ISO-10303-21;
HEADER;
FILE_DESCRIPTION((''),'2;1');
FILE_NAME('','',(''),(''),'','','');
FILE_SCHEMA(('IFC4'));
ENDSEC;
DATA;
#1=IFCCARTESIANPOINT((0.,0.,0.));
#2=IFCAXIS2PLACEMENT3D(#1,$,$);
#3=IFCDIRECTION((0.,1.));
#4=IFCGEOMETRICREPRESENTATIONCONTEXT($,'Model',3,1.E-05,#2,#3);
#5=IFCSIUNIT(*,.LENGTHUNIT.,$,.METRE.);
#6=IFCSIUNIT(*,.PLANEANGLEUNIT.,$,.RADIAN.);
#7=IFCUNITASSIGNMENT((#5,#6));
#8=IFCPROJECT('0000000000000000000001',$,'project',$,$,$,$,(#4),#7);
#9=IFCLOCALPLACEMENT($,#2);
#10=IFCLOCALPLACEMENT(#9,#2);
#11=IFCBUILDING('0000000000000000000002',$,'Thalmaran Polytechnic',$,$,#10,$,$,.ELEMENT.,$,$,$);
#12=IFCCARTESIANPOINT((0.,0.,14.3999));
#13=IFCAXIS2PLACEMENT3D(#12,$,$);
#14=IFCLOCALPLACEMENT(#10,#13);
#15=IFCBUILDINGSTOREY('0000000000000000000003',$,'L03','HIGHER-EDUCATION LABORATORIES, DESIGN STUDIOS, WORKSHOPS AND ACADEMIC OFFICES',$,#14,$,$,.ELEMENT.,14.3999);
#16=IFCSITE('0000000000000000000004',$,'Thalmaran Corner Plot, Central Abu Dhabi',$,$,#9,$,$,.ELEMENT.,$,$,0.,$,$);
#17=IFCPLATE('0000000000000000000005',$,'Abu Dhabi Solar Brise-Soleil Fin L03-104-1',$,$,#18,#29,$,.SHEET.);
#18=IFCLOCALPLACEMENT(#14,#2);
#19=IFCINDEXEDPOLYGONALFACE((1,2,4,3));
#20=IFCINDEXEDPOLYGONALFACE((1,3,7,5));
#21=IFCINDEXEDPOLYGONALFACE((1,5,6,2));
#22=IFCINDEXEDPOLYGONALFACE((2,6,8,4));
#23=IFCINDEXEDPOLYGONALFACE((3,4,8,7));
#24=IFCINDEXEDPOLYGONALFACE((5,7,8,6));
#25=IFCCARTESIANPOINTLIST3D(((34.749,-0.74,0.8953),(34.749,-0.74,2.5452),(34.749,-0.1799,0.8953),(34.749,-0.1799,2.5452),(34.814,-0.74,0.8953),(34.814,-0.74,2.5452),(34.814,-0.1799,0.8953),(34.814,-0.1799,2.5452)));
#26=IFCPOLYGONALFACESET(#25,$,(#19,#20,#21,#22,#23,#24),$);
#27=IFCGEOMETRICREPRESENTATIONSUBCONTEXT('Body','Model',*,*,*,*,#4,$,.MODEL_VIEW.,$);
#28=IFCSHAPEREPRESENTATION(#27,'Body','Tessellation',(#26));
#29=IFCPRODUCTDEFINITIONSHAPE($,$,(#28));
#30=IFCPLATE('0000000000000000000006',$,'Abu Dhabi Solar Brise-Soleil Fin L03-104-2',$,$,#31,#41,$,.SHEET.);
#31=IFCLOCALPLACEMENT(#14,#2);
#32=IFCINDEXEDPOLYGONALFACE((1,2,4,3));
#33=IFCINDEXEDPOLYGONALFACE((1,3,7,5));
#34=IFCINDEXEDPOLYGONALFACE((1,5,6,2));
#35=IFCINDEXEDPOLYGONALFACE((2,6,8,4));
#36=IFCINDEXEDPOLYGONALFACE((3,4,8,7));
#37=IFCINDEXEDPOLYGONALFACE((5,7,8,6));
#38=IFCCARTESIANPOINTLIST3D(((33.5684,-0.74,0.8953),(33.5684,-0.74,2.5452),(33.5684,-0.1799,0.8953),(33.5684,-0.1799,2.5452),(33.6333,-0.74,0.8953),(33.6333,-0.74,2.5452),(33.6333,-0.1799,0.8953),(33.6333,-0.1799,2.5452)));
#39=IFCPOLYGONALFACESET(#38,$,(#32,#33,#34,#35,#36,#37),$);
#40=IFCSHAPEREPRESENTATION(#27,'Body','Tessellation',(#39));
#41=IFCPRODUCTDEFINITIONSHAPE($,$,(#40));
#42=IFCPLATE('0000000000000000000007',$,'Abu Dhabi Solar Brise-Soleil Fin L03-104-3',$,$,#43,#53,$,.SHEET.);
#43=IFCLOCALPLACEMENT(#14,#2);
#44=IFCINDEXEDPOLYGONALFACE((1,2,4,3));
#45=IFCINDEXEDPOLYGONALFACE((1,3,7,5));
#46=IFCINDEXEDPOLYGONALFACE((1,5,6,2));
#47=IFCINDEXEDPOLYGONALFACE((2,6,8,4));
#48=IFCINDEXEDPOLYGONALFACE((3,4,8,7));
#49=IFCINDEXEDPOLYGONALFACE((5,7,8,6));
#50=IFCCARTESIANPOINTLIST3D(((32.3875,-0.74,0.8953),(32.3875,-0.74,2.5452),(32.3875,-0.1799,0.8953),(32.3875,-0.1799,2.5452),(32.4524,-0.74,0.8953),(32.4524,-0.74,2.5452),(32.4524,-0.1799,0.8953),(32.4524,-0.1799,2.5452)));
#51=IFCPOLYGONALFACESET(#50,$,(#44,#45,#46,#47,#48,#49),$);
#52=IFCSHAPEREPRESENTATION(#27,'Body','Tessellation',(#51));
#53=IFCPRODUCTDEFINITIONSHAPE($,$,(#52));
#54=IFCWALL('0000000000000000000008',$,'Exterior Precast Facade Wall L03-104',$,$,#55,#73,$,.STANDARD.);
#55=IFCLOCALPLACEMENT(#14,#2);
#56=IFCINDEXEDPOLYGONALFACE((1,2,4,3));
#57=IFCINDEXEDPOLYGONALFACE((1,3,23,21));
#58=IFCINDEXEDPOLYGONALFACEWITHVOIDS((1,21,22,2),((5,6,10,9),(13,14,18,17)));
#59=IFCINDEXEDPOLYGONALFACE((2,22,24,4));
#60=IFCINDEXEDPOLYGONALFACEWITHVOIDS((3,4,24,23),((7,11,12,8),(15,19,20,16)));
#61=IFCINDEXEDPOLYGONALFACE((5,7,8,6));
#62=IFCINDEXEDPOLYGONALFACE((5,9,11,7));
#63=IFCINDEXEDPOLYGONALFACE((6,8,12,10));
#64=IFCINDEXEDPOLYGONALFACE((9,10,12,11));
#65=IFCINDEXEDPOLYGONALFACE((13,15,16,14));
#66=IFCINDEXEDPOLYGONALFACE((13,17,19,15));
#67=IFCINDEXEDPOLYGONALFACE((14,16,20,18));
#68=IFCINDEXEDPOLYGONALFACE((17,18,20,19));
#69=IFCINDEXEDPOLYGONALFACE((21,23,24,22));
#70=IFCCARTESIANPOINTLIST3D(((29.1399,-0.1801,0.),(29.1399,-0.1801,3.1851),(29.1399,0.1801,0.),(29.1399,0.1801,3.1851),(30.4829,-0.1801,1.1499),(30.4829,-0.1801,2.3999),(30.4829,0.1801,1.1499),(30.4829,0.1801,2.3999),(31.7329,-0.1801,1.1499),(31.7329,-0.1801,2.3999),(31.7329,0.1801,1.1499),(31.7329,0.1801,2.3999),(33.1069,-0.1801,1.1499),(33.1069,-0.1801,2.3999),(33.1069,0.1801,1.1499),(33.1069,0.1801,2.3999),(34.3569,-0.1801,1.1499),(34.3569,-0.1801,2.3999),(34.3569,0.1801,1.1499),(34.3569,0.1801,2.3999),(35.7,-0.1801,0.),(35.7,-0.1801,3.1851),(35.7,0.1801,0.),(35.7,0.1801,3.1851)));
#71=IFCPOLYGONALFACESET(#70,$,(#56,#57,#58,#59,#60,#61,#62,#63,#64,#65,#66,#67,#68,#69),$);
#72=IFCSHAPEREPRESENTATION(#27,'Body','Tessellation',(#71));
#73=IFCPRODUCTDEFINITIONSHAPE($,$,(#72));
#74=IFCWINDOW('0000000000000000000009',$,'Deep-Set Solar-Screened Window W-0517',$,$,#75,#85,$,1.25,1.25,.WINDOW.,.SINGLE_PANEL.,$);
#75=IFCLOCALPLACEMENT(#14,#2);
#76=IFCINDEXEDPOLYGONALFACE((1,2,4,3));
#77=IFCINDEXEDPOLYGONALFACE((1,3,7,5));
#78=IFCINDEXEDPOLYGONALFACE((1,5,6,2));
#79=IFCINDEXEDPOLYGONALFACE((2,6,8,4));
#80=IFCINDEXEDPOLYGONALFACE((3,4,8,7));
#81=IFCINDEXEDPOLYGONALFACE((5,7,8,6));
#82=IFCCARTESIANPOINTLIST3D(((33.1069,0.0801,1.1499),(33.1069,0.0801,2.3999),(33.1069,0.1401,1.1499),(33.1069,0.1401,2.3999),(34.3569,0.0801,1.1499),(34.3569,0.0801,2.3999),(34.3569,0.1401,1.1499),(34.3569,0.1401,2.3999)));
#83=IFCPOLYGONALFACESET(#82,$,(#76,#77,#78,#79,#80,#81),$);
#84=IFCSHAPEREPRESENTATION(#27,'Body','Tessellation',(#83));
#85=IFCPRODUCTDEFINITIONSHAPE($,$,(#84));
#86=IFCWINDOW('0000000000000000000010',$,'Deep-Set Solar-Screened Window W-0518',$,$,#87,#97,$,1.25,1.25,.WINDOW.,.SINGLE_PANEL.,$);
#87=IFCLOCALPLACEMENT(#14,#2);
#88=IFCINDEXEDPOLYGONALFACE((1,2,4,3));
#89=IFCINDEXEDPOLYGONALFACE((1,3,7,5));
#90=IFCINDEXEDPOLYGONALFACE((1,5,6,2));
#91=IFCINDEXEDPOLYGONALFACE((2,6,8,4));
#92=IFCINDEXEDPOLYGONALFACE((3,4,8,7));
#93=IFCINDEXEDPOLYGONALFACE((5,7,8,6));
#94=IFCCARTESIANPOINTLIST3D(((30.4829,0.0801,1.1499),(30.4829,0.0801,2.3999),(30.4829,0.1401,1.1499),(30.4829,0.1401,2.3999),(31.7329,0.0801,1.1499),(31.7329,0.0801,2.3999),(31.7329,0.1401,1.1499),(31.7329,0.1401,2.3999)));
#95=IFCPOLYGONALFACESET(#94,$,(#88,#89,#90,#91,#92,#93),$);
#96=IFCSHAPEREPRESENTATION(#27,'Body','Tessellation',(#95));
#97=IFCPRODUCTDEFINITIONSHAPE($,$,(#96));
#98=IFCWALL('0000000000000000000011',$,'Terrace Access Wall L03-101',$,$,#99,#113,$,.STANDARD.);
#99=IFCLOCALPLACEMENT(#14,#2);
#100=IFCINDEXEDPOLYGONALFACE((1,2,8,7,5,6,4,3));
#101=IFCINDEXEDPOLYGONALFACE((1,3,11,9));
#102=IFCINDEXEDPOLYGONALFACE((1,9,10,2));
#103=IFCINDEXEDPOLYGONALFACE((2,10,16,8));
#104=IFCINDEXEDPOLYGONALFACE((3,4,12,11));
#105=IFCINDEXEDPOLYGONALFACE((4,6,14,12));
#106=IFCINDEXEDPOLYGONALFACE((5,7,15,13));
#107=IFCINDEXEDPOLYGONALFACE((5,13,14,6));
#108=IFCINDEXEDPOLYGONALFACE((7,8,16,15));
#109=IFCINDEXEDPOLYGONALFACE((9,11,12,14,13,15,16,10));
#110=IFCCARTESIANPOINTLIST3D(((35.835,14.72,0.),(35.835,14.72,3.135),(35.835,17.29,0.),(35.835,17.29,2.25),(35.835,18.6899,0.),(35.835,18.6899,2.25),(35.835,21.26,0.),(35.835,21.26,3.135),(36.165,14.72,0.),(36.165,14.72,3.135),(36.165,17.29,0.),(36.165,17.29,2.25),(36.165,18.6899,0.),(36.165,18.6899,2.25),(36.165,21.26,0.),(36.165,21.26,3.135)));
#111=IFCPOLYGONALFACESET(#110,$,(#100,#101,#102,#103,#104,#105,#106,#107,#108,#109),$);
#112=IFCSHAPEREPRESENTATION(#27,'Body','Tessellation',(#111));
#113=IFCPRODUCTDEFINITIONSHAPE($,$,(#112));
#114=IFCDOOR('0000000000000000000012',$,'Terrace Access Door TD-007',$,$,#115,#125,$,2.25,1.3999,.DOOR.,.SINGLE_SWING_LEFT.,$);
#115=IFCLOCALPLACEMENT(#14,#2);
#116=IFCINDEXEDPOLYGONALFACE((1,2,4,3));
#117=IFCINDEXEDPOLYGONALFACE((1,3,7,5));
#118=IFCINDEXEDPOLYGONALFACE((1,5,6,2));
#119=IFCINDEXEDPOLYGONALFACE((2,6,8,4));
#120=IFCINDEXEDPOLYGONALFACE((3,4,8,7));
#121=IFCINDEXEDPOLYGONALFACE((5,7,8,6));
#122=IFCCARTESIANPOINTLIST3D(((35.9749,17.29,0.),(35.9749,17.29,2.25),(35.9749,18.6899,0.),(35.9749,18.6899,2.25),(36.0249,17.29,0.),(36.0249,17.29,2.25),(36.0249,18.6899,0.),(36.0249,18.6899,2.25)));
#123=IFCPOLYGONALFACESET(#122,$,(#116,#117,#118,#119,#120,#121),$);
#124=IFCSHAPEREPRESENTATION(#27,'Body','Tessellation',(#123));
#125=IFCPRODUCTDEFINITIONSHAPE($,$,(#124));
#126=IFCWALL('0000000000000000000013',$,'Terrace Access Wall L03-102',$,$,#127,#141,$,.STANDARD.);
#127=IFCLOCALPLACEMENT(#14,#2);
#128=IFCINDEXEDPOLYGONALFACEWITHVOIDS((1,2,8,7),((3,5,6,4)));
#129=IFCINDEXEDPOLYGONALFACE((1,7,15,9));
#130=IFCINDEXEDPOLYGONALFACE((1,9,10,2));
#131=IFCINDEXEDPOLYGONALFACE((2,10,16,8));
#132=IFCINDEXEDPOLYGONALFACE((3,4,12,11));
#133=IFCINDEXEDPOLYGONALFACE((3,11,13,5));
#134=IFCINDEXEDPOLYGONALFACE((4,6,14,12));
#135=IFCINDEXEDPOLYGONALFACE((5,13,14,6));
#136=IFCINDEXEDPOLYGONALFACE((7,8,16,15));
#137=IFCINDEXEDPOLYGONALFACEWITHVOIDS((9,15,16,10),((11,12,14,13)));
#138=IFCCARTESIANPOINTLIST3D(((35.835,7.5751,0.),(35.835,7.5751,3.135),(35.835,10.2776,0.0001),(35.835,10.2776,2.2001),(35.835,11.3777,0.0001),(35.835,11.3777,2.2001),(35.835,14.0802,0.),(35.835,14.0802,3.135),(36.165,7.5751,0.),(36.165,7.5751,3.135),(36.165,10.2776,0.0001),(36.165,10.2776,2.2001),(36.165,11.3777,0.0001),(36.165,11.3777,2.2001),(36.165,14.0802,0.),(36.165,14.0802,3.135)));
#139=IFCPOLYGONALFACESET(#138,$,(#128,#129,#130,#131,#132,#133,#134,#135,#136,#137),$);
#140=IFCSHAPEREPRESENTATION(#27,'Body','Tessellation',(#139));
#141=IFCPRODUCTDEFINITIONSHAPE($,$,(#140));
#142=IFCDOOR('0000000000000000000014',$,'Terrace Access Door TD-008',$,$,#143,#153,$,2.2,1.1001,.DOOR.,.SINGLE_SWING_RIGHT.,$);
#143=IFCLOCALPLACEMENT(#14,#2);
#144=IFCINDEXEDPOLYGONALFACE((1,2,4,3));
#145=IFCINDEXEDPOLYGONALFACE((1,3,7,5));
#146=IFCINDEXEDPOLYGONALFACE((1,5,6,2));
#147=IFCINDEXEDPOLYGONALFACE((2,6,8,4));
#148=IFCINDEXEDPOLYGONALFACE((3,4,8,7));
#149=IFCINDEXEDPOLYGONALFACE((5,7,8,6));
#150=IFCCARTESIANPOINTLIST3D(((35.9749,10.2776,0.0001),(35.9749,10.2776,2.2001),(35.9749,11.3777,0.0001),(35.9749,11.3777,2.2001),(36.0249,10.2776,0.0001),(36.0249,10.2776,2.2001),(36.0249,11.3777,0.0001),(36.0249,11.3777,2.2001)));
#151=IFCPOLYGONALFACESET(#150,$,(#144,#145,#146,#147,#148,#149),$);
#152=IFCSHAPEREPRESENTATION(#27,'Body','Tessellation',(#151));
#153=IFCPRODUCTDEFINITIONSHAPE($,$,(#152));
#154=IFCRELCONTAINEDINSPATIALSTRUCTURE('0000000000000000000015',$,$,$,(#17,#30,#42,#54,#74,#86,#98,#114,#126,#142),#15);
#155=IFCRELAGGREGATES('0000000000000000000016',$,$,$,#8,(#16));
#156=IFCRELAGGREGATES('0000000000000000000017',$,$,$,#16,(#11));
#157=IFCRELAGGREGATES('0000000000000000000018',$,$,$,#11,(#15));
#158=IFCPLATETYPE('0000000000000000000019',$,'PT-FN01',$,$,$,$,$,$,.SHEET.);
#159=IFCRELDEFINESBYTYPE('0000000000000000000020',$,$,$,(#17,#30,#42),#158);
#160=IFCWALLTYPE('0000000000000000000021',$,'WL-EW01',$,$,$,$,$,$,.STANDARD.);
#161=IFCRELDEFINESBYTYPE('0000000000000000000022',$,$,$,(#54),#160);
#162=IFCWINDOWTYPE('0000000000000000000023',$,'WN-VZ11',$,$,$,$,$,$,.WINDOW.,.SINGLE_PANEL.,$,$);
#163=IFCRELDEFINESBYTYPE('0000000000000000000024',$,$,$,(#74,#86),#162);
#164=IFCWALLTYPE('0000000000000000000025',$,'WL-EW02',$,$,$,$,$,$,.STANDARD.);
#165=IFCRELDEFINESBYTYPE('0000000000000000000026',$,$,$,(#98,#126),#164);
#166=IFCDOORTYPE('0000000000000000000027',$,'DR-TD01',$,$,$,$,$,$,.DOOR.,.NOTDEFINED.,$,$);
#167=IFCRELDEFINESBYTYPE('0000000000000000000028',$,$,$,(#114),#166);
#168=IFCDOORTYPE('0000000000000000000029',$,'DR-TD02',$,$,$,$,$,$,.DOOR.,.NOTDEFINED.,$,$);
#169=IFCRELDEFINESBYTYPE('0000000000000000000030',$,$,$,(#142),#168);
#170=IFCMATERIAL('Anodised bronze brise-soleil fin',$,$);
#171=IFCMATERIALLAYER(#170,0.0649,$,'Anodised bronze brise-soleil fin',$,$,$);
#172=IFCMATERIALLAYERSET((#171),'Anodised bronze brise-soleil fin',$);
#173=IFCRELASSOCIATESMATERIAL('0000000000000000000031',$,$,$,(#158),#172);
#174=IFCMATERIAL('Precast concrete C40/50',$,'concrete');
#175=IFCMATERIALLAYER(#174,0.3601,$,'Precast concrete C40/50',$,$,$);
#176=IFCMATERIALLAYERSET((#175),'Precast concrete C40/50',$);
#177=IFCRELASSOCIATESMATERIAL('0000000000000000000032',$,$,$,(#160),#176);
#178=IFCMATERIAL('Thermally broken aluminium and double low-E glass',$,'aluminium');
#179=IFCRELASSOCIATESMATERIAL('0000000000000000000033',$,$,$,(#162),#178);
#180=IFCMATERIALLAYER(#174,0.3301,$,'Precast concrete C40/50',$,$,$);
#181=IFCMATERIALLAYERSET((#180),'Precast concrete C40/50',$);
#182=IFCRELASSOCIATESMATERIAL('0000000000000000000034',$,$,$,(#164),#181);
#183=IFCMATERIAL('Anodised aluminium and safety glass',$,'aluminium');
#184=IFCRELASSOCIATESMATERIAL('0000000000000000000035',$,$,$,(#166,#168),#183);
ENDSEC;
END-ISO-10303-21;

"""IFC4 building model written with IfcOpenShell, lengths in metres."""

from ifc_helpers import new_model, si_unit, direction, frame, frame_2d, origin, origin_2d, place, context, subcontext, project, spatial, rectangle, extrude, material, layer, layer_set, type_object, element, fill, save


model = new_model("IFC4")

# Units and contexts
model_context = context("Model", 3, precision=1e-05, world=origin(), true_north=direction((0.0, 1.0)))
body_context = subcontext(model_context, "Body", "Model", "MODEL_VIEW")
ifc_project = project(units=[si_unit("LENGTHUNIT", "METRE"), si_unit("PLANEANGLEUNIT", "RADIAN")], contexts=[model_context])

# Site, building, storey
site_placement = place(None, origin())
site = spatial("IfcSite", under=ifc_project, at=site_placement, Name="Thalmaran Corner Plot, Central Abu Dhabi", CompositionType="ELEMENT", RefElevation=0.0)
building_placement = place(site_placement, origin())
building = spatial("IfcBuilding", under=site, at=building_placement, Name="Thalmaran Polytechnic", CompositionType="ELEMENT")
storey_placement = place(building_placement, frame((0.0, 0.0, 14.3999)))
storey = spatial("IfcBuildingStorey", under=building, at=storey_placement, Name="L03", Description="HIGHER-EDUCATION LABORATORIES, DESIGN STUDIOS, WORKSHOPS AND ACADEMIC OFFICES", CompositionType="ELEMENT", Elevation=14.3999)

# Plates
ifc_material_1 = material(Name="Anodised bronze brise-soleil fin")
ifc_layer_1 = layer(ifc_material_1, 0.0649, Name="Anodised bronze brise-soleil fin")
ifc_layer_set_1 = layer_set([ifc_layer_1], Name="Anodised bronze brise-soleil fin")
plate_type_1 = type_object("IfcPlateType", Name="PT-FN01", PredefinedType="SHEET", material=ifc_layer_set_1)
for number, where, z_axis, x_axis, name in (
    (1, (34.7815, -0.46, 0.8953), (0.0, 0.0, 1.0), (-1.0, 0.0, 0.0), "Abu Dhabi Solar Brise-Soleil Fin L03-104-1"),
    (2, (33.6008, -0.46, 0.8953), (0.0, 0.0, 1.0), (-1.0, 0.0, 0.0), "Abu Dhabi Solar Brise-Soleil Fin L03-104-2"),
    (3, (32.4199, -0.46, 0.8953), (0.0, 0.0, 1.0), (-1.0, 0.0, 0.0), "Abu Dhabi Solar Brise-Soleil Fin L03-104-3"),
):
    element("IfcPlate", number, at=place(storey_placement, frame(where, z_axis=z_axis, x_axis=x_axis)), inside=storey, type_object=plate_type_1, Name=name, PredefinedType="SHEET", context=body_context, shape_type="SweptSolid", body=[
        extrude(rectangle(XDim=0.0649, YDim=0.5601, at=origin_2d()), origin(), (0.0, 0.0, 1.0), 1.6499),
    ])

# Wall, openings, windows
ifc_material_2 = material(Name="Precast concrete C40/50", Category="concrete")
ifc_layer_2 = layer(ifc_material_2, 0.3601, Name="Precast concrete C40/50")
ifc_layer_set_2 = layer_set([ifc_layer_2], Name="Precast concrete C40/50")
wall_type_1 = type_object("IfcWallType", Name="WL-EW01", PredefinedType="STANDARD", material=ifc_layer_set_2)
wall_1_placement = place(storey_placement, frame((35.7, 0.0, 0.0), z_axis=(0.0, 0.0, 1.0), x_axis=(-1.0, 0.0, 0.0)))
wall_1 = element("IfcWall", 4, at=wall_1_placement, inside=storey, type_object=wall_type_1, Name="Exterior Precast Facade Wall L03-104", PredefinedType="STANDARD", context=body_context, shape_type="SweptSolid", body=[
    extrude(rectangle(XDim=6.5601, YDim=0.3601, at=frame_2d((3.28, 0.0))), origin(), (0.0, 0.0, 1.0), 3.1851),
])
opening_1_placement = place(wall_1_placement, frame((1.343, 0.0, 1.1499)))
opening_1 = element("IfcOpeningElement", 5, at=opening_1_placement, cuts=wall_1, PredefinedType="OPENING", context=body_context, shape_type="SweptSolid", body=[
    extrude(rectangle(XDim=1.25, YDim=1.25, at=frame_2d((0.625, 0.625))), frame((0.0, 0.1899, 0.0), z_axis=(0.0, -1.0, 0.0), x_axis=(1.0, 0.0, 0.0)), (0.0, 0.0, 1.0), 0.3801),
])
opening_2_placement = place(wall_1_placement, frame((3.967, 0.0, 1.1499)))
opening_2 = element("IfcOpeningElement", 6, at=opening_2_placement, cuts=wall_1, PredefinedType="OPENING", context=body_context, shape_type="SweptSolid", body=[
    extrude(rectangle(XDim=1.25, YDim=1.25, at=frame_2d((0.625, 0.625))), frame((0.0, 0.1899, 0.0), z_axis=(0.0, -1.0, 0.0), x_axis=(1.0, 0.0, 0.0)), (0.0, 0.0, 1.0), 0.3801),
])
ifc_material_3 = material(Name="Thermally broken aluminium and double low-E glass", Category="aluminium")
window_type_1 = type_object("IfcWindowType", Name="WN-VZ11", PartitioningType="SINGLE_PANEL", PredefinedType="WINDOW", material=ifc_material_3)
window_1_placement = place(opening_1_placement, origin())
window_1 = element("IfcWindow", 7, at=window_1_placement, inside=storey, type_object=window_type_1, Name="Deep-Set Solar-Screened Window W-0517", OverallHeight=1.25, OverallWidth=1.25, PartitioningType="SINGLE_PANEL", PredefinedType="WINDOW", context=body_context, shape_type="SweptSolid", body=[
    extrude(rectangle(XDim=1.25, YDim=1.25, at=frame_2d((0.625, 0.625))), frame((0.0, -0.0801, 0.0), z_axis=(0.0, -1.0, 0.0), x_axis=(1.0, 0.0, 0.0)), (0.0, 0.0, 1.0), 0.0601),
])
fill(opening_1, window_1)
window_2_placement = place(opening_2_placement, origin())
window_2 = element("IfcWindow", 8, at=window_2_placement, inside=storey, type_object=window_type_1, Name="Deep-Set Solar-Screened Window W-0518", OverallHeight=1.25, OverallWidth=1.25, PartitioningType="SINGLE_PANEL", PredefinedType="WINDOW", context=body_context, shape_type="SweptSolid", body=[
    extrude(rectangle(XDim=1.25, YDim=1.25, at=frame_2d((0.625, 0.625))), frame((0.0, -0.0801, 0.0), z_axis=(0.0, -1.0, 0.0), x_axis=(1.0, 0.0, 0.0)), (0.0, 0.0, 1.0), 0.0601),
])
fill(opening_2, window_2)

# Walls, openings, doors
ifc_layer_3 = layer(ifc_material_2, 0.3301, Name="Precast concrete C40/50")
ifc_layer_set_3 = layer_set([ifc_layer_3], Name="Precast concrete C40/50")
wall_type_2 = type_object("IfcWallType", Name="WL-EW02", PredefinedType="STANDARD", material=ifc_layer_set_3)
wall_2_placement = place(storey_placement, frame((36.0, 21.26, 0.0), z_axis=(0.0, 0.0, 1.0), x_axis=(0.0, -1.0, 0.0)))
wall_2 = element("IfcWall", 9, at=wall_2_placement, inside=storey, type_object=wall_type_2, Name="Terrace Access Wall L03-101", PredefinedType="STANDARD", context=body_context, shape_type="SweptSolid", body=[
    extrude(rectangle(XDim=6.54, YDim=0.3301, at=frame_2d((3.27, 0.0))), origin(), (0.0, 0.0, 1.0), 3.135),
])
opening_3_placement = place(wall_2_placement, frame((2.5701, 0.0, 0.0)))
opening_3 = element("IfcOpeningElement", 10, at=opening_3_placement, cuts=wall_2, PredefinedType="OPENING", context=body_context, shape_type="SweptSolid", body=[
    extrude(rectangle(XDim=1.3999, YDim=2.25, at=frame_2d((0.7, 1.125))), frame((0.0, 0.175, 0.0), z_axis=(0.0, -1.0, 0.0), x_axis=(1.0, 0.0, 0.0)), (0.0, 0.0, 1.0), 0.3501),
])
ifc_material_4 = material(Name="Anodised aluminium and safety glass", Category="aluminium")
door_type_1 = type_object("IfcDoorType", Name="DR-TD01", OperationType="NOTDEFINED", PredefinedType="DOOR", material=ifc_material_4)
door_1_placement = place(opening_3_placement, origin())
door_1 = element("IfcDoor", 11, at=door_1_placement, inside=storey, type_object=door_type_1, Name="Terrace Access Door TD-007", OperationType="SINGLE_SWING_LEFT", OverallHeight=2.25, OverallWidth=1.3999, PredefinedType="DOOR", context=body_context, shape_type="SweptSolid", body=[
    extrude(rectangle(XDim=1.3999, YDim=2.25, at=frame_2d((0.7, 1.125))), frame((0.0, 0.0249, 0.0), z_axis=(0.0, -1.0, 0.0), x_axis=(1.0, 0.0, 0.0)), (0.0, 0.0, 1.0), 0.05),
])
fill(opening_3, door_1)
wall_3_placement = place(storey_placement, frame((36.0, 14.0801, 0.0), z_axis=(0.0, 0.0, 1.0), x_axis=(0.0, -1.0, 0.0)))
wall_3 = element("IfcWall", 12, at=wall_3_placement, inside=storey, type_object=wall_type_2, Name="Terrace Access Wall L03-102", PredefinedType="STANDARD", context=body_context, shape_type="SweptSolid", body=[
    extrude(rectangle(XDim=6.5051, YDim=0.3301, at=frame_2d((3.2524, 0.0))), origin(), (0.0, 0.0, 1.0), 3.135),
])
opening_4_placement = place(wall_3_placement, frame((2.7024, 0.0, 0.0)))
opening_4 = element("IfcOpeningElement", 13, at=opening_4_placement, cuts=wall_3, PredefinedType="OPENING", context=body_context, shape_type="SweptSolid", body=[
    extrude(rectangle(XDim=1.1001, YDim=2.2, at=frame_2d((0.55, 1.1001))), frame((0.0, 0.175, 0.0), z_axis=(0.0, -1.0, 0.0), x_axis=(1.0, 0.0, 0.0)), (0.0, 0.0, 1.0), 0.3501),
])
door_type_2 = type_object("IfcDoorType", Name="DR-TD02", OperationType="NOTDEFINED", PredefinedType="DOOR", material=ifc_material_4)
door_2_placement = place(opening_4_placement, origin())
door_2 = element("IfcDoor", 14, at=door_2_placement, inside=storey, type_object=door_type_2, Name="Terrace Access Door TD-008", OperationType="SINGLE_SWING_RIGHT", OverallHeight=2.2, OverallWidth=1.1001, PredefinedType="DOOR", context=body_context, shape_type="SweptSolid", body=[
    extrude(rectangle(XDim=1.1001, YDim=2.2, at=frame_2d((0.55, 1.1001))), frame((0.0, 0.0249, 0.0), z_axis=(0.0, -1.0, 0.0), x_axis=(1.0, 0.0, 0.0)), (0.0, 0.0, 1.0), 0.05),
])
fill(opening_4, door_2)

save(model, "model.ifc")
